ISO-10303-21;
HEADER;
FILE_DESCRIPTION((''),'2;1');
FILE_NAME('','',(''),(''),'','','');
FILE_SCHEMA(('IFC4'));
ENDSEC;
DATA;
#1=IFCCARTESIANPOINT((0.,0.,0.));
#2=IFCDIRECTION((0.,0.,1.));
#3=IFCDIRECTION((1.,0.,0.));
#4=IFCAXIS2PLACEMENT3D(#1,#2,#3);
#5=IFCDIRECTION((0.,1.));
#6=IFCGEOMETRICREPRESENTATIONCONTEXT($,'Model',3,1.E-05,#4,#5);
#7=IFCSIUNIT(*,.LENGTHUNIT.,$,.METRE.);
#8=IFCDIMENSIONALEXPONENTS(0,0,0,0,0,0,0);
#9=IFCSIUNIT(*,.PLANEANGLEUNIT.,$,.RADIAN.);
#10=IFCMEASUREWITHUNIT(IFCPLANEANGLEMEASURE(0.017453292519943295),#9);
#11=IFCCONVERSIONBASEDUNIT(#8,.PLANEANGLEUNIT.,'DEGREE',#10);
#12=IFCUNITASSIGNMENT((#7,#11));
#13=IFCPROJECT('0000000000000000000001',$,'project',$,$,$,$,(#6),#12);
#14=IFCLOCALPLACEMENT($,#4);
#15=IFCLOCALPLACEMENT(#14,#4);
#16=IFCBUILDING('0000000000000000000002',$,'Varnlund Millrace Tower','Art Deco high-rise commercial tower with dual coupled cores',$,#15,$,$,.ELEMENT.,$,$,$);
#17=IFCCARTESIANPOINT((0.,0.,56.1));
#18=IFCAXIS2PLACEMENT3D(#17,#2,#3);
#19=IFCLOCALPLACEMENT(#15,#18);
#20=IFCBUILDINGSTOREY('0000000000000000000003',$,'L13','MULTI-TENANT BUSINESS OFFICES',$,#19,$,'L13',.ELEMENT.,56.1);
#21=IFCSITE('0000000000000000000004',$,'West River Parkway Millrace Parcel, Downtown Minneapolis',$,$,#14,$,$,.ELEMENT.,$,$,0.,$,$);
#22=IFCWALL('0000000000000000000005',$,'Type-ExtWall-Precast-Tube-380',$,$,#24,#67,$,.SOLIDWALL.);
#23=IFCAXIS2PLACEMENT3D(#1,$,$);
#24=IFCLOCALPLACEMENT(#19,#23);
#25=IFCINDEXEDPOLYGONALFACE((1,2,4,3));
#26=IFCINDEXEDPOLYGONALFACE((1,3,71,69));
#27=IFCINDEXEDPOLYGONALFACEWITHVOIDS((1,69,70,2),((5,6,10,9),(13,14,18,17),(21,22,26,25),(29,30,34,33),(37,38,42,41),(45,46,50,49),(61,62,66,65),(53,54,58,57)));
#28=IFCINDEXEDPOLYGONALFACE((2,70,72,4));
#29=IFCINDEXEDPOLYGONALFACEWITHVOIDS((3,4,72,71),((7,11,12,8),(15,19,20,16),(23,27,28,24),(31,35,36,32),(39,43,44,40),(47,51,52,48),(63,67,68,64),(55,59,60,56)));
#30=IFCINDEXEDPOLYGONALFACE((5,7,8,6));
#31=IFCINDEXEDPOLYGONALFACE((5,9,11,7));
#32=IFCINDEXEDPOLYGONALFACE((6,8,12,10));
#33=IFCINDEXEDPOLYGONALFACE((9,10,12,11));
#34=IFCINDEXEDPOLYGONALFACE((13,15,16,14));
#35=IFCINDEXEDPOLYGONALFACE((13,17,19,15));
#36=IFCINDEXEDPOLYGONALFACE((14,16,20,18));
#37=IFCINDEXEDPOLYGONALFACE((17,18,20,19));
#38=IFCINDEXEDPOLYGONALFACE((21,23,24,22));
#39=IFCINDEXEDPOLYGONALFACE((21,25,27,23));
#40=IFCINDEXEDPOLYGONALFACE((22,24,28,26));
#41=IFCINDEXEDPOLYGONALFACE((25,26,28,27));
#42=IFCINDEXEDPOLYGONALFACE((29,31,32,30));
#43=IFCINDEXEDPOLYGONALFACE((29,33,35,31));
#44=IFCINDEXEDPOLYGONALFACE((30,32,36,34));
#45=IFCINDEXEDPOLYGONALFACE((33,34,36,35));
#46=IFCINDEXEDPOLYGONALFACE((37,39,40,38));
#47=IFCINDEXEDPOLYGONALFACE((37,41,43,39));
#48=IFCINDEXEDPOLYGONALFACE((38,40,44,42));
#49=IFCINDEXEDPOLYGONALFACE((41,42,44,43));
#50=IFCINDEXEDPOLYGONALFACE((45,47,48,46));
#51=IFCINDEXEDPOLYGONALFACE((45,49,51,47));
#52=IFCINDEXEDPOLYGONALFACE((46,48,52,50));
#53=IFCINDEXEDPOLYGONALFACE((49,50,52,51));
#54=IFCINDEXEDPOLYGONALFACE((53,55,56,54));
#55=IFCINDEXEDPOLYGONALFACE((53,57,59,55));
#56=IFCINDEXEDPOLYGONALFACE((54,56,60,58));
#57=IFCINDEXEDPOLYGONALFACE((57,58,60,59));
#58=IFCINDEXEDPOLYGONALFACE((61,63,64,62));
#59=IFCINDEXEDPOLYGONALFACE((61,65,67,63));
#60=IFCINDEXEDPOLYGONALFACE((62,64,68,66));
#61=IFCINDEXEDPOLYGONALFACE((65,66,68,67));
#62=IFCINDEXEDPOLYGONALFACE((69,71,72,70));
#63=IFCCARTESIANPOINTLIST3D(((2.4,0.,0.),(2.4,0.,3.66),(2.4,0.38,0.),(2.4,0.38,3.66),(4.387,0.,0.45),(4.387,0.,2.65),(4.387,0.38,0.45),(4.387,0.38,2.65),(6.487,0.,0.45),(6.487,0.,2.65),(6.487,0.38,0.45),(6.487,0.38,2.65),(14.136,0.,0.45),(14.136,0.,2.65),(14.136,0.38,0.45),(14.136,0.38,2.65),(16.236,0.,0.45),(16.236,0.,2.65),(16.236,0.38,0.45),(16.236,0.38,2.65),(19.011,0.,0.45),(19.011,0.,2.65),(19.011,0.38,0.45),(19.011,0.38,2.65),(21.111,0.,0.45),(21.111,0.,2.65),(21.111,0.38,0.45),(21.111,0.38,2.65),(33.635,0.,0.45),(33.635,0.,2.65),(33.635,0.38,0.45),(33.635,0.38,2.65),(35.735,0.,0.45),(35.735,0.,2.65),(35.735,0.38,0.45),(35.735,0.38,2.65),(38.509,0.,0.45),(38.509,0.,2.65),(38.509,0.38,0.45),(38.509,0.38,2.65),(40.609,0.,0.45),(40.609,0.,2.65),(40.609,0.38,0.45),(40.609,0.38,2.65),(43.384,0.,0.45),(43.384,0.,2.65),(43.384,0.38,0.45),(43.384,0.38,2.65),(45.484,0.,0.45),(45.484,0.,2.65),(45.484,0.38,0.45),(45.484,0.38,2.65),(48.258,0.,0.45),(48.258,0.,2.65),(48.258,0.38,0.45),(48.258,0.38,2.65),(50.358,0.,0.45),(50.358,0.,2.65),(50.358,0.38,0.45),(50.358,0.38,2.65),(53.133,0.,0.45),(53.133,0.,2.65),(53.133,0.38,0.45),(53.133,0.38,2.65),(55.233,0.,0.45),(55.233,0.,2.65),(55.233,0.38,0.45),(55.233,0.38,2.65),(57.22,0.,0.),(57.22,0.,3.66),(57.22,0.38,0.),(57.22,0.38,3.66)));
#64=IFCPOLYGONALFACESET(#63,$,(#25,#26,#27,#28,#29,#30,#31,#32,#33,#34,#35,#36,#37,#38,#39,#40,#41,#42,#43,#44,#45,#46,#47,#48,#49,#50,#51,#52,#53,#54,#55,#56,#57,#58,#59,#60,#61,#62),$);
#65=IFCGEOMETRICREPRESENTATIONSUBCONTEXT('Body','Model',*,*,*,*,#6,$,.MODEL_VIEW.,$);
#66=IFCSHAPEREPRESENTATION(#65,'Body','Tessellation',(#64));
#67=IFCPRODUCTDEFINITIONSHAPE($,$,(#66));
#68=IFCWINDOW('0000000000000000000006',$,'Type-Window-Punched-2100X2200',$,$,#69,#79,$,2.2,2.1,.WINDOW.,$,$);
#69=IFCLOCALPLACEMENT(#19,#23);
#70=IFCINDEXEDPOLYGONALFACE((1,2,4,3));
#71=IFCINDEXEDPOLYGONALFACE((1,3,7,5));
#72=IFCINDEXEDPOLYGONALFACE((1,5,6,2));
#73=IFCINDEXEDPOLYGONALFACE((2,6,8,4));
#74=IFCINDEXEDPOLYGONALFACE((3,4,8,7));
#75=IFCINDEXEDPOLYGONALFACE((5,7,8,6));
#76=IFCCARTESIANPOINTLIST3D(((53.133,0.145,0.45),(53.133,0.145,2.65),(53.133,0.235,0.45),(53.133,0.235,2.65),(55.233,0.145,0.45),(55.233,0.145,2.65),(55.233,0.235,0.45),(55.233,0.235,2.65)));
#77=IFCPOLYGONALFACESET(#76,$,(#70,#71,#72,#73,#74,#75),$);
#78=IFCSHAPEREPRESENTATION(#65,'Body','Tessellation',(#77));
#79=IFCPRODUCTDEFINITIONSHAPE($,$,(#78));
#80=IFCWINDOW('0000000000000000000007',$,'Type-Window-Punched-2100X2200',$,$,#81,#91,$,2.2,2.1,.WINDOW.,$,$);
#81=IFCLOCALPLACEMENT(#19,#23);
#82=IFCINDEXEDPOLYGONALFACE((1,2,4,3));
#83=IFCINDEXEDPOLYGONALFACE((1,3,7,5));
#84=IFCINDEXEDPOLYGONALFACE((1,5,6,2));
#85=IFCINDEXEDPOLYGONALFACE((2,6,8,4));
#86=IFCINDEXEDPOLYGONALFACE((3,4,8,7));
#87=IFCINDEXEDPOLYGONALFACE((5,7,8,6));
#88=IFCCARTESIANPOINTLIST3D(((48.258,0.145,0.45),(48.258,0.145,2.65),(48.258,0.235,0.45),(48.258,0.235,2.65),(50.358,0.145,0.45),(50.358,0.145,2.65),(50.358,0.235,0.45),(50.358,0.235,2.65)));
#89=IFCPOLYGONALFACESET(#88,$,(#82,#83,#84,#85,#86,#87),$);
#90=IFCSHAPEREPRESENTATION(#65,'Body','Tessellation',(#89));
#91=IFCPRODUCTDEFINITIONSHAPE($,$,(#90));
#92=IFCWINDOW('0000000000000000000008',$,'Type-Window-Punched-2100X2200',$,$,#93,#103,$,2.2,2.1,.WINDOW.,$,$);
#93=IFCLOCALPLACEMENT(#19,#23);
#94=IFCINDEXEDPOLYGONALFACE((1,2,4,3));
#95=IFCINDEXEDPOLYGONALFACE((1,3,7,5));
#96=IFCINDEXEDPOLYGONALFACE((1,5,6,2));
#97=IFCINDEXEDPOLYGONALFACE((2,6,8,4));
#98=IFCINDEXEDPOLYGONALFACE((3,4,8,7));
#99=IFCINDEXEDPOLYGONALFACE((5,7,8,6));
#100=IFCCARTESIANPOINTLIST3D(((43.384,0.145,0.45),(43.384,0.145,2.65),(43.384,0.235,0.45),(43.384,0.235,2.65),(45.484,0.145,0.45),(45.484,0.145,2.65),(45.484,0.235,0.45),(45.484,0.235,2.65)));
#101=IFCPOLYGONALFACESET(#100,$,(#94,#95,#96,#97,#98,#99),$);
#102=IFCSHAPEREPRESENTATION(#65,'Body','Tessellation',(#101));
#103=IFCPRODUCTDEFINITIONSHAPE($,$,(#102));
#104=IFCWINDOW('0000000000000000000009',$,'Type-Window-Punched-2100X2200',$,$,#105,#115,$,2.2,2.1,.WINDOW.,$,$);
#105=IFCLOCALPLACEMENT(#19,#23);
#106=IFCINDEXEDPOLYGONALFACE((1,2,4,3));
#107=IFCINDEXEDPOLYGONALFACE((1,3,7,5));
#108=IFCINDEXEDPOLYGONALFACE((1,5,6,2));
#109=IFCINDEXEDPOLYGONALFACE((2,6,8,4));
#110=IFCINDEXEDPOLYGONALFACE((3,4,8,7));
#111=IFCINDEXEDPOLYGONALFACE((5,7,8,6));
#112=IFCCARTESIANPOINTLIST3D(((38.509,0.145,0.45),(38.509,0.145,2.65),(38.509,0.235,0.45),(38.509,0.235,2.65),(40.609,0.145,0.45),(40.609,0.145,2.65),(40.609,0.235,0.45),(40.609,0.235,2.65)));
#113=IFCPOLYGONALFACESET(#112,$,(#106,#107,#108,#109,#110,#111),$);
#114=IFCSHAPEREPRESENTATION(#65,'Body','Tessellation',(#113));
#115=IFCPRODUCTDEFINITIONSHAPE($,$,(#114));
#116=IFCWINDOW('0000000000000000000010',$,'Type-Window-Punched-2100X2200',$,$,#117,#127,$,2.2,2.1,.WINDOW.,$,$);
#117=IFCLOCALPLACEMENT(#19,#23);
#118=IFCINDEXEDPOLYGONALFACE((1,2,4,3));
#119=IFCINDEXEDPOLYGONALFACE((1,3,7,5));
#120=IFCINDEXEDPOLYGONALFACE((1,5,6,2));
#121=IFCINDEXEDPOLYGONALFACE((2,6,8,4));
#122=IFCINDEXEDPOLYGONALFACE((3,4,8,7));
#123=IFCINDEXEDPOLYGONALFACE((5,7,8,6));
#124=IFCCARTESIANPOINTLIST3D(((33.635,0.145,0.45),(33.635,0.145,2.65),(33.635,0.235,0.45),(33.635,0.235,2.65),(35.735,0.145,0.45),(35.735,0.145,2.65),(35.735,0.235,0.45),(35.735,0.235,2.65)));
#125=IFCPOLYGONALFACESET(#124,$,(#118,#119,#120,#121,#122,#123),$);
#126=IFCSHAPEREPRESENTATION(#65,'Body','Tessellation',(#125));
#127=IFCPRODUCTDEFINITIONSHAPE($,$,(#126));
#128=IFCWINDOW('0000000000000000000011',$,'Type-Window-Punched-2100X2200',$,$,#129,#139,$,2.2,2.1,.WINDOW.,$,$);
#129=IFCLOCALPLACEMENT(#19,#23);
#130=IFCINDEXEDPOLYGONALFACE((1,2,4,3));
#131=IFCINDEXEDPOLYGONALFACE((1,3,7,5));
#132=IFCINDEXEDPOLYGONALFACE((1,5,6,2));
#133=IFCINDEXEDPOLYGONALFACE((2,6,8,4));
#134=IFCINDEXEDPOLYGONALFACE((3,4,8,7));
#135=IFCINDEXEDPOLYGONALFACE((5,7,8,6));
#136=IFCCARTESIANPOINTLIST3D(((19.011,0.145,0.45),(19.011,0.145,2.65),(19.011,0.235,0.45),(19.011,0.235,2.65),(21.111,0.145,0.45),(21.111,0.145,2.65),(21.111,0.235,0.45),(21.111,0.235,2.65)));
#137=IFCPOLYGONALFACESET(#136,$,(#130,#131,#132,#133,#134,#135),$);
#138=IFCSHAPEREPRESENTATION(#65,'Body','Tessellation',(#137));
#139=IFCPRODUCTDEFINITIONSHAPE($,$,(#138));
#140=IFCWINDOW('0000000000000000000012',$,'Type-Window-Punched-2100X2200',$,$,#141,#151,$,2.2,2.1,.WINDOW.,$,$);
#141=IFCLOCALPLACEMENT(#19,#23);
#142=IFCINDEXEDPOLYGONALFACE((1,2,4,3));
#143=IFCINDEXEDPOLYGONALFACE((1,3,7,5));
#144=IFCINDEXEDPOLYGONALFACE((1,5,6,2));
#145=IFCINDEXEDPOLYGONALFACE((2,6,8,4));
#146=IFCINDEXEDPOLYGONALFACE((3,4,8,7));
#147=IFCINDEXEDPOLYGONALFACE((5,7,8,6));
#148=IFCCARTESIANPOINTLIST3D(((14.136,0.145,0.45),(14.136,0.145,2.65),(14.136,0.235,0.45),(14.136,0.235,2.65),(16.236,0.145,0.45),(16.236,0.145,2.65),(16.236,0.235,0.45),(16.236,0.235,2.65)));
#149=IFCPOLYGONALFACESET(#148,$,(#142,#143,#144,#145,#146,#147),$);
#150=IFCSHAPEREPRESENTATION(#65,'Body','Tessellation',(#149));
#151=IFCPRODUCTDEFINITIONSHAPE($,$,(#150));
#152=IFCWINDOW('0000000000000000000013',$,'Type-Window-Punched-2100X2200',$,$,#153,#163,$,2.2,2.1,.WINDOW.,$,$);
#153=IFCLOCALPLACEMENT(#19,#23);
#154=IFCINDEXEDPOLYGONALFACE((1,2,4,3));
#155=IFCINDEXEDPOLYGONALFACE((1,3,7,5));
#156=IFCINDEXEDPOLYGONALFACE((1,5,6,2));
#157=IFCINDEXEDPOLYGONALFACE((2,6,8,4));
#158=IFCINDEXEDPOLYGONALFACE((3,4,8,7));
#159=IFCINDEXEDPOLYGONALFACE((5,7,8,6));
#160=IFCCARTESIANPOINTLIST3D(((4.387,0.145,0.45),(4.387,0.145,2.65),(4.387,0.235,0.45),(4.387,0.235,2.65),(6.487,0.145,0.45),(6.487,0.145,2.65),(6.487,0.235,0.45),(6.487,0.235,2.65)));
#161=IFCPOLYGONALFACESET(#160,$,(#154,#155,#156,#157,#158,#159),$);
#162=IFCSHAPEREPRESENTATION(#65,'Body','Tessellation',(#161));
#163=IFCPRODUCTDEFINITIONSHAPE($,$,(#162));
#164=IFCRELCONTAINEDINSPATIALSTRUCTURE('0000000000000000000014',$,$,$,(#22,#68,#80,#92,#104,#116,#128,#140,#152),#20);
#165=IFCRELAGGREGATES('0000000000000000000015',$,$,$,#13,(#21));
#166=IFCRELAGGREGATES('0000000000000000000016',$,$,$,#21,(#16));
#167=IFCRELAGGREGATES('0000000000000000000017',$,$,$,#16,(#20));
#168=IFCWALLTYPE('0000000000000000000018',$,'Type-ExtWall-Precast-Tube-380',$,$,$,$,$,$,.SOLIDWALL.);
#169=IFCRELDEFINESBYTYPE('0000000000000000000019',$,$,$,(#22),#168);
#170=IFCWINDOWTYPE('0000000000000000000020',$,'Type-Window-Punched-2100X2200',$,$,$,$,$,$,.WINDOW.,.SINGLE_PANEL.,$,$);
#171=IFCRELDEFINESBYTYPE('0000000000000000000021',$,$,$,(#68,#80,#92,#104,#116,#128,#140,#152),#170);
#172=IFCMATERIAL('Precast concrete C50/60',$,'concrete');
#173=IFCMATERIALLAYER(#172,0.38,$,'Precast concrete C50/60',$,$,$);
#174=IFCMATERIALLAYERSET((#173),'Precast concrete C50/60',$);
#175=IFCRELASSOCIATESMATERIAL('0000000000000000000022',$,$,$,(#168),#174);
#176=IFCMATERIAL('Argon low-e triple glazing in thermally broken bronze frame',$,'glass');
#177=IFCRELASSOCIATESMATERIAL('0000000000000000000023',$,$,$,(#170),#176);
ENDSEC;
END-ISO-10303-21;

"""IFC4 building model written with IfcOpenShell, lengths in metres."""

from ifc_helpers import new_model, entity, si_unit, converted_unit, direction, frame, origin_with_axes, origin_2d_with_axis, place, context, subcontext, project, spatial, polyline, rectangle, outline, extrude, material, layer, layer_set, type_object, element, fill, save


model = new_model("IFC4")

# Units and contexts
model_context = context("Model", 3, precision=1e-05, world=origin_with_axes(), true_north=direction((0.0, 1.0)))
body_context = subcontext(model_context, "Body", "Model", "MODEL_VIEW")
ifc_project = project(units=[si_unit("LENGTHUNIT", "METRE"), converted_unit("PLANEANGLEUNIT", "DEGREE", entity("IfcPlaneAngleMeasure", 0.017453292519943295), si_unit("PLANEANGLEUNIT", "RADIAN"), dimensions=[0, 0, 0, 0, 0, 0, 0])], contexts=[model_context])

# Site, building, storey
site_placement = place(None, origin_with_axes())
site = spatial("IfcSite", under=ifc_project, at=site_placement, Name="West River Parkway Millrace Parcel, Downtown Minneapolis", CompositionType="ELEMENT", RefElevation=0.0)
building_placement = place(site_placement, origin_with_axes())
building = spatial("IfcBuilding", under=site, at=building_placement, Name="Varnlund Millrace Tower", Description="Art Deco high-rise commercial tower with dual coupled cores", CompositionType="ELEMENT")
storey_placement = place(building_placement, frame((0.0, 0.0, 56.1), z_axis=(0.0, 0.0, 1.0), x_axis=(1.0, 0.0, 0.0)))
storey = spatial("IfcBuildingStorey", under=building, at=storey_placement, Name="L13", Description="MULTI-TENANT BUSINESS OFFICES", LongName="L13", CompositionType="ELEMENT", Elevation=56.1)

# Shared definitions
ifc_material_1 = material(Name="Precast concrete C50/60", Category="concrete")
ifc_layer_1 = layer(ifc_material_1, 0.38, Name="Precast concrete C50/60")
ifc_layer_set_1 = layer_set([ifc_layer_1], Name="Precast concrete C50/60")
wall_type_1 = type_object("IfcWallType", Name="Type-ExtWall-Precast-Tube-380", PredefinedType="SOLIDWALL", material=ifc_layer_set_1)

# Wall, openings, windows
wall_1_placement = place(storey_placement, frame((57.22, 0.19, 0.0), z_axis=(0.0, 0.0, 1.0), x_axis=(-1.0, 0.0, 0.0)))
wall_1 = element("IfcWall", 1, at=wall_1_placement, inside=storey, type_object=wall_type_1, Name="Type-ExtWall-Precast-Tube-380", PredefinedType="SOLIDWALL", context=body_context, shape_type="SweptSolid", body=[
    extrude(outline(polyline([(0.0, -0.19), (54.82, -0.19), (54.82, 0.19), (0.0, 0.19), (0.0, -0.19)])), origin_with_axes(), (0.0, 0.0, 1.0), 3.66),
])
opening_1_placement = place(wall_1_placement, frame((3.037, 0.0, 0.45), z_axis=(0.0, 0.0, 1.0), x_axis=(1.0, 0.0, 0.0)))
opening_1 = element("IfcOpeningElement", 2, at=opening_1_placement, cuts=wall_1, PredefinedType="OPENING", context=body_context, shape_type="SweptSolid", body=[
    extrude(rectangle(XDim=2.1, YDim=0.4, at=origin_2d_with_axis()), origin_with_axes(), (0.0, 0.0, 1.0), 2.2),
])
opening_2_placement = place(wall_1_placement, frame((7.912, 0.0, 0.45), z_axis=(0.0, 0.0, 1.0), x_axis=(1.0, 0.0, 0.0)))
opening_2 = element("IfcOpeningElement", 3, at=opening_2_placement, cuts=wall_1, PredefinedType="OPENING", context=body_context, shape_type="SweptSolid", body=[
    extrude(rectangle(XDim=2.1, YDim=0.4, at=origin_2d_with_axis()), origin_with_axes(), (0.0, 0.0, 1.0), 2.2),
])
opening_3_placement = place(wall_1_placement, frame((12.786, 0.0, 0.45), z_axis=(0.0, 0.0, 1.0), x_axis=(1.0, 0.0, 0.0)))
opening_3 = element("IfcOpeningElement", 4, at=opening_3_placement, cuts=wall_1, PredefinedType="OPENING", context=body_context, shape_type="SweptSolid", body=[
    extrude(rectangle(XDim=2.1, YDim=0.4, at=origin_2d_with_axis()), origin_with_axes(), (0.0, 0.0, 1.0), 2.2),
])
opening_4_placement = place(wall_1_placement, frame((17.661, 0.0, 0.45), z_axis=(0.0, 0.0, 1.0), x_axis=(1.0, 0.0, 0.0)))
opening_4 = element("IfcOpeningElement", 5, at=opening_4_placement, cuts=wall_1, PredefinedType="OPENING", context=body_context, shape_type="SweptSolid", body=[
    extrude(rectangle(XDim=2.1, YDim=0.4, at=origin_2d_with_axis()), origin_with_axes(), (0.0, 0.0, 1.0), 2.2),
])
opening_5_placement = place(wall_1_placement, frame((22.535, 0.0, 0.45), z_axis=(0.0, 0.0, 1.0), x_axis=(1.0, 0.0, 0.0)))
opening_5 = element("IfcOpeningElement", 6, at=opening_5_placement, cuts=wall_1, PredefinedType="OPENING", context=body_context, shape_type="SweptSolid", body=[
    extrude(rectangle(XDim=2.1, YDim=0.4, at=origin_2d_with_axis()), origin_with_axes(), (0.0, 0.0, 1.0), 2.2),
])
opening_6_placement = place(wall_1_placement, frame((37.159, 0.0, 0.45), z_axis=(0.0, 0.0, 1.0), x_axis=(1.0, 0.0, 0.0)))
opening_6 = element("IfcOpeningElement", 7, at=opening_6_placement, cuts=wall_1, PredefinedType="OPENING", context=body_context, shape_type="SweptSolid", body=[
    extrude(rectangle(XDim=2.1, YDim=0.4, at=origin_2d_with_axis()), origin_with_axes(), (0.0, 0.0, 1.0), 2.2),
])
opening_7_placement = place(wall_1_placement, frame((42.034, 0.0, 0.45), z_axis=(0.0, 0.0, 1.0), x_axis=(1.0, 0.0, 0.0)))
opening_7 = element("IfcOpeningElement", 8, at=opening_7_placement, cuts=wall_1, PredefinedType="OPENING", context=body_context, shape_type="SweptSolid", body=[
    extrude(rectangle(XDim=2.1, YDim=0.4, at=origin_2d_with_axis()), origin_with_axes(), (0.0, 0.0, 1.0), 2.2),
])
opening_8_placement = place(wall_1_placement, frame((51.783, 0.0, 0.45), z_axis=(0.0, 0.0, 1.0), x_axis=(1.0, 0.0, 0.0)))
opening_8 = element("IfcOpeningElement", 9, at=opening_8_placement, cuts=wall_1, PredefinedType="OPENING", context=body_context, shape_type="SweptSolid", body=[
    extrude(rectangle(XDim=2.1, YDim=0.4, at=origin_2d_with_axis()), origin_with_axes(), (0.0, 0.0, 1.0), 2.2),
])
ifc_material_2 = material(Name="Argon low-e triple glazing in thermally broken bronze frame", Category="glass")
window_type = type_object("IfcWindowType", Name="Type-Window-Punched-2100X2200", PartitioningType="SINGLE_PANEL", PredefinedType="WINDOW", material=ifc_material_2)
window_1_placement = place(wall_1_placement, frame((3.037, 0.0, 0.45), z_axis=(0.0, 0.0, 1.0), x_axis=(1.0, 0.0, 0.0)))
window_1 = element("IfcWindow", 10, at=window_1_placement, inside=storey, type_object=window_type, Name="Type-Window-Punched-2100X2200", OverallHeight=2.2, OverallWidth=2.1, PredefinedType="WINDOW", context=body_context, shape_type="SweptSolid", body=[
    extrude(rectangle(XDim=2.1, YDim=0.09, at=origin_2d_with_axis()), origin_with_axes(), (0.0, 0.0, 1.0), 2.2),
])
fill(opening_1, window_1)
window_2_placement = place(wall_1_placement, frame((7.912, 0.0, 0.45), z_axis=(0.0, 0.0, 1.0), x_axis=(1.0, 0.0, 0.0)))
window_2 = element("IfcWindow", 11, at=window_2_placement, inside=storey, type_object=window_type, Name="Type-Window-Punched-2100X2200", OverallHeight=2.2, OverallWidth=2.1, PredefinedType="WINDOW", context=body_context, shape_type="SweptSolid", body=[
    extrude(rectangle(XDim=2.1, YDim=0.09, at=origin_2d_with_axis()), origin_with_axes(), (0.0, 0.0, 1.0), 2.2),
])
fill(opening_2, window_2)
window_3_placement = place(wall_1_placement, frame((12.786, 0.0, 0.45), z_axis=(0.0, 0.0, 1.0), x_axis=(1.0, 0.0, 0.0)))
window_3 = element("IfcWindow", 12, at=window_3_placement, inside=storey, type_object=window_type, Name="Type-Window-Punched-2100X2200", OverallHeight=2.2, OverallWidth=2.1, PredefinedType="WINDOW", context=body_context, shape_type="SweptSolid", body=[
    extrude(rectangle(XDim=2.1, YDim=0.09, at=origin_2d_with_axis()), origin_with_axes(), (0.0, 0.0, 1.0), 2.2),
])
fill(opening_3, window_3)
window_4_placement = place(wall_1_placement, frame((17.661, 0.0, 0.45), z_axis=(0.0, 0.0, 1.0), x_axis=(1.0, 0.0, 0.0)))
window_4 = element("IfcWindow", 13, at=window_4_placement, inside=storey, type_object=window_type, Name="Type-Window-Punched-2100X2200", OverallHeight=2.2, OverallWidth=2.1, PredefinedType="WINDOW", context=body_context, shape_type="SweptSolid", body=[
    extrude(rectangle(XDim=2.1, YDim=0.09, at=origin_2d_with_axis()), origin_with_axes(), (0.0, 0.0, 1.0), 2.2),
])
fill(opening_4, window_4)
window_5_placement = place(wall_1_placement, frame((22.535, 0.0, 0.45), z_axis=(0.0, 0.0, 1.0), x_axis=(1.0, 0.0, 0.0)))
window_5 = element("IfcWindow", 14, at=window_5_placement, inside=storey, type_object=window_type, Name="Type-Window-Punched-2100X2200", OverallHeight=2.2, OverallWidth=2.1, PredefinedType="WINDOW", context=body_context, shape_type="SweptSolid", body=[
    extrude(rectangle(XDim=2.1, YDim=0.09, at=origin_2d_with_axis()), origin_with_axes(), (0.0, 0.0, 1.0), 2.2),
])
fill(opening_5, window_5)
window_6_placement = place(wall_1_placement, frame((37.159, 0.0, 0.45), z_axis=(0.0, 0.0, 1.0), x_axis=(1.0, 0.0, 0.0)))
window_6 = element("IfcWindow", 15, at=window_6_placement, inside=storey, type_object=window_type, Name="Type-Window-Punched-2100X2200", OverallHeight=2.2, OverallWidth=2.1, PredefinedType="WINDOW", context=body_context, shape_type="SweptSolid", body=[
    extrude(rectangle(XDim=2.1, YDim=0.09, at=origin_2d_with_axis()), origin_with_axes(), (0.0, 0.0, 1.0), 2.2),
])
fill(opening_6, window_6)
window_7_placement = place(wall_1_placement, frame((42.034, 0.0, 0.45), z_axis=(0.0, 0.0, 1.0), x_axis=(1.0, 0.0, 0.0)))
window_7 = element("IfcWindow", 16, at=window_7_placement, inside=storey, type_object=window_type, Name="Type-Window-Punched-2100X2200", OverallHeight=2.2, OverallWidth=2.1, PredefinedType="WINDOW", context=body_context, shape_type="SweptSolid", body=[
    extrude(rectangle(XDim=2.1, YDim=0.09, at=origin_2d_with_axis()), origin_with_axes(), (0.0, 0.0, 1.0), 2.2),
])
fill(opening_7, window_7)
window_8_placement = place(wall_1_placement, frame((51.783, 0.0, 0.45), z_axis=(0.0, 0.0, 1.0), x_axis=(1.0, 0.0, 0.0)))
window_8 = element("IfcWindow", 17, at=window_8_placement, inside=storey, type_object=window_type, Name="Type-Window-Punched-2100X2200", OverallHeight=2.2, OverallWidth=2.1, PredefinedType="WINDOW", context=body_context, shape_type="SweptSolid", body=[
    extrude(rectangle(XDim=2.1, YDim=0.09, at=origin_2d_with_axis()), origin_with_axes(), (0.0, 0.0, 1.0), 2.2),
])
fill(opening_8, window_8)

save(model, "model.ifc")
